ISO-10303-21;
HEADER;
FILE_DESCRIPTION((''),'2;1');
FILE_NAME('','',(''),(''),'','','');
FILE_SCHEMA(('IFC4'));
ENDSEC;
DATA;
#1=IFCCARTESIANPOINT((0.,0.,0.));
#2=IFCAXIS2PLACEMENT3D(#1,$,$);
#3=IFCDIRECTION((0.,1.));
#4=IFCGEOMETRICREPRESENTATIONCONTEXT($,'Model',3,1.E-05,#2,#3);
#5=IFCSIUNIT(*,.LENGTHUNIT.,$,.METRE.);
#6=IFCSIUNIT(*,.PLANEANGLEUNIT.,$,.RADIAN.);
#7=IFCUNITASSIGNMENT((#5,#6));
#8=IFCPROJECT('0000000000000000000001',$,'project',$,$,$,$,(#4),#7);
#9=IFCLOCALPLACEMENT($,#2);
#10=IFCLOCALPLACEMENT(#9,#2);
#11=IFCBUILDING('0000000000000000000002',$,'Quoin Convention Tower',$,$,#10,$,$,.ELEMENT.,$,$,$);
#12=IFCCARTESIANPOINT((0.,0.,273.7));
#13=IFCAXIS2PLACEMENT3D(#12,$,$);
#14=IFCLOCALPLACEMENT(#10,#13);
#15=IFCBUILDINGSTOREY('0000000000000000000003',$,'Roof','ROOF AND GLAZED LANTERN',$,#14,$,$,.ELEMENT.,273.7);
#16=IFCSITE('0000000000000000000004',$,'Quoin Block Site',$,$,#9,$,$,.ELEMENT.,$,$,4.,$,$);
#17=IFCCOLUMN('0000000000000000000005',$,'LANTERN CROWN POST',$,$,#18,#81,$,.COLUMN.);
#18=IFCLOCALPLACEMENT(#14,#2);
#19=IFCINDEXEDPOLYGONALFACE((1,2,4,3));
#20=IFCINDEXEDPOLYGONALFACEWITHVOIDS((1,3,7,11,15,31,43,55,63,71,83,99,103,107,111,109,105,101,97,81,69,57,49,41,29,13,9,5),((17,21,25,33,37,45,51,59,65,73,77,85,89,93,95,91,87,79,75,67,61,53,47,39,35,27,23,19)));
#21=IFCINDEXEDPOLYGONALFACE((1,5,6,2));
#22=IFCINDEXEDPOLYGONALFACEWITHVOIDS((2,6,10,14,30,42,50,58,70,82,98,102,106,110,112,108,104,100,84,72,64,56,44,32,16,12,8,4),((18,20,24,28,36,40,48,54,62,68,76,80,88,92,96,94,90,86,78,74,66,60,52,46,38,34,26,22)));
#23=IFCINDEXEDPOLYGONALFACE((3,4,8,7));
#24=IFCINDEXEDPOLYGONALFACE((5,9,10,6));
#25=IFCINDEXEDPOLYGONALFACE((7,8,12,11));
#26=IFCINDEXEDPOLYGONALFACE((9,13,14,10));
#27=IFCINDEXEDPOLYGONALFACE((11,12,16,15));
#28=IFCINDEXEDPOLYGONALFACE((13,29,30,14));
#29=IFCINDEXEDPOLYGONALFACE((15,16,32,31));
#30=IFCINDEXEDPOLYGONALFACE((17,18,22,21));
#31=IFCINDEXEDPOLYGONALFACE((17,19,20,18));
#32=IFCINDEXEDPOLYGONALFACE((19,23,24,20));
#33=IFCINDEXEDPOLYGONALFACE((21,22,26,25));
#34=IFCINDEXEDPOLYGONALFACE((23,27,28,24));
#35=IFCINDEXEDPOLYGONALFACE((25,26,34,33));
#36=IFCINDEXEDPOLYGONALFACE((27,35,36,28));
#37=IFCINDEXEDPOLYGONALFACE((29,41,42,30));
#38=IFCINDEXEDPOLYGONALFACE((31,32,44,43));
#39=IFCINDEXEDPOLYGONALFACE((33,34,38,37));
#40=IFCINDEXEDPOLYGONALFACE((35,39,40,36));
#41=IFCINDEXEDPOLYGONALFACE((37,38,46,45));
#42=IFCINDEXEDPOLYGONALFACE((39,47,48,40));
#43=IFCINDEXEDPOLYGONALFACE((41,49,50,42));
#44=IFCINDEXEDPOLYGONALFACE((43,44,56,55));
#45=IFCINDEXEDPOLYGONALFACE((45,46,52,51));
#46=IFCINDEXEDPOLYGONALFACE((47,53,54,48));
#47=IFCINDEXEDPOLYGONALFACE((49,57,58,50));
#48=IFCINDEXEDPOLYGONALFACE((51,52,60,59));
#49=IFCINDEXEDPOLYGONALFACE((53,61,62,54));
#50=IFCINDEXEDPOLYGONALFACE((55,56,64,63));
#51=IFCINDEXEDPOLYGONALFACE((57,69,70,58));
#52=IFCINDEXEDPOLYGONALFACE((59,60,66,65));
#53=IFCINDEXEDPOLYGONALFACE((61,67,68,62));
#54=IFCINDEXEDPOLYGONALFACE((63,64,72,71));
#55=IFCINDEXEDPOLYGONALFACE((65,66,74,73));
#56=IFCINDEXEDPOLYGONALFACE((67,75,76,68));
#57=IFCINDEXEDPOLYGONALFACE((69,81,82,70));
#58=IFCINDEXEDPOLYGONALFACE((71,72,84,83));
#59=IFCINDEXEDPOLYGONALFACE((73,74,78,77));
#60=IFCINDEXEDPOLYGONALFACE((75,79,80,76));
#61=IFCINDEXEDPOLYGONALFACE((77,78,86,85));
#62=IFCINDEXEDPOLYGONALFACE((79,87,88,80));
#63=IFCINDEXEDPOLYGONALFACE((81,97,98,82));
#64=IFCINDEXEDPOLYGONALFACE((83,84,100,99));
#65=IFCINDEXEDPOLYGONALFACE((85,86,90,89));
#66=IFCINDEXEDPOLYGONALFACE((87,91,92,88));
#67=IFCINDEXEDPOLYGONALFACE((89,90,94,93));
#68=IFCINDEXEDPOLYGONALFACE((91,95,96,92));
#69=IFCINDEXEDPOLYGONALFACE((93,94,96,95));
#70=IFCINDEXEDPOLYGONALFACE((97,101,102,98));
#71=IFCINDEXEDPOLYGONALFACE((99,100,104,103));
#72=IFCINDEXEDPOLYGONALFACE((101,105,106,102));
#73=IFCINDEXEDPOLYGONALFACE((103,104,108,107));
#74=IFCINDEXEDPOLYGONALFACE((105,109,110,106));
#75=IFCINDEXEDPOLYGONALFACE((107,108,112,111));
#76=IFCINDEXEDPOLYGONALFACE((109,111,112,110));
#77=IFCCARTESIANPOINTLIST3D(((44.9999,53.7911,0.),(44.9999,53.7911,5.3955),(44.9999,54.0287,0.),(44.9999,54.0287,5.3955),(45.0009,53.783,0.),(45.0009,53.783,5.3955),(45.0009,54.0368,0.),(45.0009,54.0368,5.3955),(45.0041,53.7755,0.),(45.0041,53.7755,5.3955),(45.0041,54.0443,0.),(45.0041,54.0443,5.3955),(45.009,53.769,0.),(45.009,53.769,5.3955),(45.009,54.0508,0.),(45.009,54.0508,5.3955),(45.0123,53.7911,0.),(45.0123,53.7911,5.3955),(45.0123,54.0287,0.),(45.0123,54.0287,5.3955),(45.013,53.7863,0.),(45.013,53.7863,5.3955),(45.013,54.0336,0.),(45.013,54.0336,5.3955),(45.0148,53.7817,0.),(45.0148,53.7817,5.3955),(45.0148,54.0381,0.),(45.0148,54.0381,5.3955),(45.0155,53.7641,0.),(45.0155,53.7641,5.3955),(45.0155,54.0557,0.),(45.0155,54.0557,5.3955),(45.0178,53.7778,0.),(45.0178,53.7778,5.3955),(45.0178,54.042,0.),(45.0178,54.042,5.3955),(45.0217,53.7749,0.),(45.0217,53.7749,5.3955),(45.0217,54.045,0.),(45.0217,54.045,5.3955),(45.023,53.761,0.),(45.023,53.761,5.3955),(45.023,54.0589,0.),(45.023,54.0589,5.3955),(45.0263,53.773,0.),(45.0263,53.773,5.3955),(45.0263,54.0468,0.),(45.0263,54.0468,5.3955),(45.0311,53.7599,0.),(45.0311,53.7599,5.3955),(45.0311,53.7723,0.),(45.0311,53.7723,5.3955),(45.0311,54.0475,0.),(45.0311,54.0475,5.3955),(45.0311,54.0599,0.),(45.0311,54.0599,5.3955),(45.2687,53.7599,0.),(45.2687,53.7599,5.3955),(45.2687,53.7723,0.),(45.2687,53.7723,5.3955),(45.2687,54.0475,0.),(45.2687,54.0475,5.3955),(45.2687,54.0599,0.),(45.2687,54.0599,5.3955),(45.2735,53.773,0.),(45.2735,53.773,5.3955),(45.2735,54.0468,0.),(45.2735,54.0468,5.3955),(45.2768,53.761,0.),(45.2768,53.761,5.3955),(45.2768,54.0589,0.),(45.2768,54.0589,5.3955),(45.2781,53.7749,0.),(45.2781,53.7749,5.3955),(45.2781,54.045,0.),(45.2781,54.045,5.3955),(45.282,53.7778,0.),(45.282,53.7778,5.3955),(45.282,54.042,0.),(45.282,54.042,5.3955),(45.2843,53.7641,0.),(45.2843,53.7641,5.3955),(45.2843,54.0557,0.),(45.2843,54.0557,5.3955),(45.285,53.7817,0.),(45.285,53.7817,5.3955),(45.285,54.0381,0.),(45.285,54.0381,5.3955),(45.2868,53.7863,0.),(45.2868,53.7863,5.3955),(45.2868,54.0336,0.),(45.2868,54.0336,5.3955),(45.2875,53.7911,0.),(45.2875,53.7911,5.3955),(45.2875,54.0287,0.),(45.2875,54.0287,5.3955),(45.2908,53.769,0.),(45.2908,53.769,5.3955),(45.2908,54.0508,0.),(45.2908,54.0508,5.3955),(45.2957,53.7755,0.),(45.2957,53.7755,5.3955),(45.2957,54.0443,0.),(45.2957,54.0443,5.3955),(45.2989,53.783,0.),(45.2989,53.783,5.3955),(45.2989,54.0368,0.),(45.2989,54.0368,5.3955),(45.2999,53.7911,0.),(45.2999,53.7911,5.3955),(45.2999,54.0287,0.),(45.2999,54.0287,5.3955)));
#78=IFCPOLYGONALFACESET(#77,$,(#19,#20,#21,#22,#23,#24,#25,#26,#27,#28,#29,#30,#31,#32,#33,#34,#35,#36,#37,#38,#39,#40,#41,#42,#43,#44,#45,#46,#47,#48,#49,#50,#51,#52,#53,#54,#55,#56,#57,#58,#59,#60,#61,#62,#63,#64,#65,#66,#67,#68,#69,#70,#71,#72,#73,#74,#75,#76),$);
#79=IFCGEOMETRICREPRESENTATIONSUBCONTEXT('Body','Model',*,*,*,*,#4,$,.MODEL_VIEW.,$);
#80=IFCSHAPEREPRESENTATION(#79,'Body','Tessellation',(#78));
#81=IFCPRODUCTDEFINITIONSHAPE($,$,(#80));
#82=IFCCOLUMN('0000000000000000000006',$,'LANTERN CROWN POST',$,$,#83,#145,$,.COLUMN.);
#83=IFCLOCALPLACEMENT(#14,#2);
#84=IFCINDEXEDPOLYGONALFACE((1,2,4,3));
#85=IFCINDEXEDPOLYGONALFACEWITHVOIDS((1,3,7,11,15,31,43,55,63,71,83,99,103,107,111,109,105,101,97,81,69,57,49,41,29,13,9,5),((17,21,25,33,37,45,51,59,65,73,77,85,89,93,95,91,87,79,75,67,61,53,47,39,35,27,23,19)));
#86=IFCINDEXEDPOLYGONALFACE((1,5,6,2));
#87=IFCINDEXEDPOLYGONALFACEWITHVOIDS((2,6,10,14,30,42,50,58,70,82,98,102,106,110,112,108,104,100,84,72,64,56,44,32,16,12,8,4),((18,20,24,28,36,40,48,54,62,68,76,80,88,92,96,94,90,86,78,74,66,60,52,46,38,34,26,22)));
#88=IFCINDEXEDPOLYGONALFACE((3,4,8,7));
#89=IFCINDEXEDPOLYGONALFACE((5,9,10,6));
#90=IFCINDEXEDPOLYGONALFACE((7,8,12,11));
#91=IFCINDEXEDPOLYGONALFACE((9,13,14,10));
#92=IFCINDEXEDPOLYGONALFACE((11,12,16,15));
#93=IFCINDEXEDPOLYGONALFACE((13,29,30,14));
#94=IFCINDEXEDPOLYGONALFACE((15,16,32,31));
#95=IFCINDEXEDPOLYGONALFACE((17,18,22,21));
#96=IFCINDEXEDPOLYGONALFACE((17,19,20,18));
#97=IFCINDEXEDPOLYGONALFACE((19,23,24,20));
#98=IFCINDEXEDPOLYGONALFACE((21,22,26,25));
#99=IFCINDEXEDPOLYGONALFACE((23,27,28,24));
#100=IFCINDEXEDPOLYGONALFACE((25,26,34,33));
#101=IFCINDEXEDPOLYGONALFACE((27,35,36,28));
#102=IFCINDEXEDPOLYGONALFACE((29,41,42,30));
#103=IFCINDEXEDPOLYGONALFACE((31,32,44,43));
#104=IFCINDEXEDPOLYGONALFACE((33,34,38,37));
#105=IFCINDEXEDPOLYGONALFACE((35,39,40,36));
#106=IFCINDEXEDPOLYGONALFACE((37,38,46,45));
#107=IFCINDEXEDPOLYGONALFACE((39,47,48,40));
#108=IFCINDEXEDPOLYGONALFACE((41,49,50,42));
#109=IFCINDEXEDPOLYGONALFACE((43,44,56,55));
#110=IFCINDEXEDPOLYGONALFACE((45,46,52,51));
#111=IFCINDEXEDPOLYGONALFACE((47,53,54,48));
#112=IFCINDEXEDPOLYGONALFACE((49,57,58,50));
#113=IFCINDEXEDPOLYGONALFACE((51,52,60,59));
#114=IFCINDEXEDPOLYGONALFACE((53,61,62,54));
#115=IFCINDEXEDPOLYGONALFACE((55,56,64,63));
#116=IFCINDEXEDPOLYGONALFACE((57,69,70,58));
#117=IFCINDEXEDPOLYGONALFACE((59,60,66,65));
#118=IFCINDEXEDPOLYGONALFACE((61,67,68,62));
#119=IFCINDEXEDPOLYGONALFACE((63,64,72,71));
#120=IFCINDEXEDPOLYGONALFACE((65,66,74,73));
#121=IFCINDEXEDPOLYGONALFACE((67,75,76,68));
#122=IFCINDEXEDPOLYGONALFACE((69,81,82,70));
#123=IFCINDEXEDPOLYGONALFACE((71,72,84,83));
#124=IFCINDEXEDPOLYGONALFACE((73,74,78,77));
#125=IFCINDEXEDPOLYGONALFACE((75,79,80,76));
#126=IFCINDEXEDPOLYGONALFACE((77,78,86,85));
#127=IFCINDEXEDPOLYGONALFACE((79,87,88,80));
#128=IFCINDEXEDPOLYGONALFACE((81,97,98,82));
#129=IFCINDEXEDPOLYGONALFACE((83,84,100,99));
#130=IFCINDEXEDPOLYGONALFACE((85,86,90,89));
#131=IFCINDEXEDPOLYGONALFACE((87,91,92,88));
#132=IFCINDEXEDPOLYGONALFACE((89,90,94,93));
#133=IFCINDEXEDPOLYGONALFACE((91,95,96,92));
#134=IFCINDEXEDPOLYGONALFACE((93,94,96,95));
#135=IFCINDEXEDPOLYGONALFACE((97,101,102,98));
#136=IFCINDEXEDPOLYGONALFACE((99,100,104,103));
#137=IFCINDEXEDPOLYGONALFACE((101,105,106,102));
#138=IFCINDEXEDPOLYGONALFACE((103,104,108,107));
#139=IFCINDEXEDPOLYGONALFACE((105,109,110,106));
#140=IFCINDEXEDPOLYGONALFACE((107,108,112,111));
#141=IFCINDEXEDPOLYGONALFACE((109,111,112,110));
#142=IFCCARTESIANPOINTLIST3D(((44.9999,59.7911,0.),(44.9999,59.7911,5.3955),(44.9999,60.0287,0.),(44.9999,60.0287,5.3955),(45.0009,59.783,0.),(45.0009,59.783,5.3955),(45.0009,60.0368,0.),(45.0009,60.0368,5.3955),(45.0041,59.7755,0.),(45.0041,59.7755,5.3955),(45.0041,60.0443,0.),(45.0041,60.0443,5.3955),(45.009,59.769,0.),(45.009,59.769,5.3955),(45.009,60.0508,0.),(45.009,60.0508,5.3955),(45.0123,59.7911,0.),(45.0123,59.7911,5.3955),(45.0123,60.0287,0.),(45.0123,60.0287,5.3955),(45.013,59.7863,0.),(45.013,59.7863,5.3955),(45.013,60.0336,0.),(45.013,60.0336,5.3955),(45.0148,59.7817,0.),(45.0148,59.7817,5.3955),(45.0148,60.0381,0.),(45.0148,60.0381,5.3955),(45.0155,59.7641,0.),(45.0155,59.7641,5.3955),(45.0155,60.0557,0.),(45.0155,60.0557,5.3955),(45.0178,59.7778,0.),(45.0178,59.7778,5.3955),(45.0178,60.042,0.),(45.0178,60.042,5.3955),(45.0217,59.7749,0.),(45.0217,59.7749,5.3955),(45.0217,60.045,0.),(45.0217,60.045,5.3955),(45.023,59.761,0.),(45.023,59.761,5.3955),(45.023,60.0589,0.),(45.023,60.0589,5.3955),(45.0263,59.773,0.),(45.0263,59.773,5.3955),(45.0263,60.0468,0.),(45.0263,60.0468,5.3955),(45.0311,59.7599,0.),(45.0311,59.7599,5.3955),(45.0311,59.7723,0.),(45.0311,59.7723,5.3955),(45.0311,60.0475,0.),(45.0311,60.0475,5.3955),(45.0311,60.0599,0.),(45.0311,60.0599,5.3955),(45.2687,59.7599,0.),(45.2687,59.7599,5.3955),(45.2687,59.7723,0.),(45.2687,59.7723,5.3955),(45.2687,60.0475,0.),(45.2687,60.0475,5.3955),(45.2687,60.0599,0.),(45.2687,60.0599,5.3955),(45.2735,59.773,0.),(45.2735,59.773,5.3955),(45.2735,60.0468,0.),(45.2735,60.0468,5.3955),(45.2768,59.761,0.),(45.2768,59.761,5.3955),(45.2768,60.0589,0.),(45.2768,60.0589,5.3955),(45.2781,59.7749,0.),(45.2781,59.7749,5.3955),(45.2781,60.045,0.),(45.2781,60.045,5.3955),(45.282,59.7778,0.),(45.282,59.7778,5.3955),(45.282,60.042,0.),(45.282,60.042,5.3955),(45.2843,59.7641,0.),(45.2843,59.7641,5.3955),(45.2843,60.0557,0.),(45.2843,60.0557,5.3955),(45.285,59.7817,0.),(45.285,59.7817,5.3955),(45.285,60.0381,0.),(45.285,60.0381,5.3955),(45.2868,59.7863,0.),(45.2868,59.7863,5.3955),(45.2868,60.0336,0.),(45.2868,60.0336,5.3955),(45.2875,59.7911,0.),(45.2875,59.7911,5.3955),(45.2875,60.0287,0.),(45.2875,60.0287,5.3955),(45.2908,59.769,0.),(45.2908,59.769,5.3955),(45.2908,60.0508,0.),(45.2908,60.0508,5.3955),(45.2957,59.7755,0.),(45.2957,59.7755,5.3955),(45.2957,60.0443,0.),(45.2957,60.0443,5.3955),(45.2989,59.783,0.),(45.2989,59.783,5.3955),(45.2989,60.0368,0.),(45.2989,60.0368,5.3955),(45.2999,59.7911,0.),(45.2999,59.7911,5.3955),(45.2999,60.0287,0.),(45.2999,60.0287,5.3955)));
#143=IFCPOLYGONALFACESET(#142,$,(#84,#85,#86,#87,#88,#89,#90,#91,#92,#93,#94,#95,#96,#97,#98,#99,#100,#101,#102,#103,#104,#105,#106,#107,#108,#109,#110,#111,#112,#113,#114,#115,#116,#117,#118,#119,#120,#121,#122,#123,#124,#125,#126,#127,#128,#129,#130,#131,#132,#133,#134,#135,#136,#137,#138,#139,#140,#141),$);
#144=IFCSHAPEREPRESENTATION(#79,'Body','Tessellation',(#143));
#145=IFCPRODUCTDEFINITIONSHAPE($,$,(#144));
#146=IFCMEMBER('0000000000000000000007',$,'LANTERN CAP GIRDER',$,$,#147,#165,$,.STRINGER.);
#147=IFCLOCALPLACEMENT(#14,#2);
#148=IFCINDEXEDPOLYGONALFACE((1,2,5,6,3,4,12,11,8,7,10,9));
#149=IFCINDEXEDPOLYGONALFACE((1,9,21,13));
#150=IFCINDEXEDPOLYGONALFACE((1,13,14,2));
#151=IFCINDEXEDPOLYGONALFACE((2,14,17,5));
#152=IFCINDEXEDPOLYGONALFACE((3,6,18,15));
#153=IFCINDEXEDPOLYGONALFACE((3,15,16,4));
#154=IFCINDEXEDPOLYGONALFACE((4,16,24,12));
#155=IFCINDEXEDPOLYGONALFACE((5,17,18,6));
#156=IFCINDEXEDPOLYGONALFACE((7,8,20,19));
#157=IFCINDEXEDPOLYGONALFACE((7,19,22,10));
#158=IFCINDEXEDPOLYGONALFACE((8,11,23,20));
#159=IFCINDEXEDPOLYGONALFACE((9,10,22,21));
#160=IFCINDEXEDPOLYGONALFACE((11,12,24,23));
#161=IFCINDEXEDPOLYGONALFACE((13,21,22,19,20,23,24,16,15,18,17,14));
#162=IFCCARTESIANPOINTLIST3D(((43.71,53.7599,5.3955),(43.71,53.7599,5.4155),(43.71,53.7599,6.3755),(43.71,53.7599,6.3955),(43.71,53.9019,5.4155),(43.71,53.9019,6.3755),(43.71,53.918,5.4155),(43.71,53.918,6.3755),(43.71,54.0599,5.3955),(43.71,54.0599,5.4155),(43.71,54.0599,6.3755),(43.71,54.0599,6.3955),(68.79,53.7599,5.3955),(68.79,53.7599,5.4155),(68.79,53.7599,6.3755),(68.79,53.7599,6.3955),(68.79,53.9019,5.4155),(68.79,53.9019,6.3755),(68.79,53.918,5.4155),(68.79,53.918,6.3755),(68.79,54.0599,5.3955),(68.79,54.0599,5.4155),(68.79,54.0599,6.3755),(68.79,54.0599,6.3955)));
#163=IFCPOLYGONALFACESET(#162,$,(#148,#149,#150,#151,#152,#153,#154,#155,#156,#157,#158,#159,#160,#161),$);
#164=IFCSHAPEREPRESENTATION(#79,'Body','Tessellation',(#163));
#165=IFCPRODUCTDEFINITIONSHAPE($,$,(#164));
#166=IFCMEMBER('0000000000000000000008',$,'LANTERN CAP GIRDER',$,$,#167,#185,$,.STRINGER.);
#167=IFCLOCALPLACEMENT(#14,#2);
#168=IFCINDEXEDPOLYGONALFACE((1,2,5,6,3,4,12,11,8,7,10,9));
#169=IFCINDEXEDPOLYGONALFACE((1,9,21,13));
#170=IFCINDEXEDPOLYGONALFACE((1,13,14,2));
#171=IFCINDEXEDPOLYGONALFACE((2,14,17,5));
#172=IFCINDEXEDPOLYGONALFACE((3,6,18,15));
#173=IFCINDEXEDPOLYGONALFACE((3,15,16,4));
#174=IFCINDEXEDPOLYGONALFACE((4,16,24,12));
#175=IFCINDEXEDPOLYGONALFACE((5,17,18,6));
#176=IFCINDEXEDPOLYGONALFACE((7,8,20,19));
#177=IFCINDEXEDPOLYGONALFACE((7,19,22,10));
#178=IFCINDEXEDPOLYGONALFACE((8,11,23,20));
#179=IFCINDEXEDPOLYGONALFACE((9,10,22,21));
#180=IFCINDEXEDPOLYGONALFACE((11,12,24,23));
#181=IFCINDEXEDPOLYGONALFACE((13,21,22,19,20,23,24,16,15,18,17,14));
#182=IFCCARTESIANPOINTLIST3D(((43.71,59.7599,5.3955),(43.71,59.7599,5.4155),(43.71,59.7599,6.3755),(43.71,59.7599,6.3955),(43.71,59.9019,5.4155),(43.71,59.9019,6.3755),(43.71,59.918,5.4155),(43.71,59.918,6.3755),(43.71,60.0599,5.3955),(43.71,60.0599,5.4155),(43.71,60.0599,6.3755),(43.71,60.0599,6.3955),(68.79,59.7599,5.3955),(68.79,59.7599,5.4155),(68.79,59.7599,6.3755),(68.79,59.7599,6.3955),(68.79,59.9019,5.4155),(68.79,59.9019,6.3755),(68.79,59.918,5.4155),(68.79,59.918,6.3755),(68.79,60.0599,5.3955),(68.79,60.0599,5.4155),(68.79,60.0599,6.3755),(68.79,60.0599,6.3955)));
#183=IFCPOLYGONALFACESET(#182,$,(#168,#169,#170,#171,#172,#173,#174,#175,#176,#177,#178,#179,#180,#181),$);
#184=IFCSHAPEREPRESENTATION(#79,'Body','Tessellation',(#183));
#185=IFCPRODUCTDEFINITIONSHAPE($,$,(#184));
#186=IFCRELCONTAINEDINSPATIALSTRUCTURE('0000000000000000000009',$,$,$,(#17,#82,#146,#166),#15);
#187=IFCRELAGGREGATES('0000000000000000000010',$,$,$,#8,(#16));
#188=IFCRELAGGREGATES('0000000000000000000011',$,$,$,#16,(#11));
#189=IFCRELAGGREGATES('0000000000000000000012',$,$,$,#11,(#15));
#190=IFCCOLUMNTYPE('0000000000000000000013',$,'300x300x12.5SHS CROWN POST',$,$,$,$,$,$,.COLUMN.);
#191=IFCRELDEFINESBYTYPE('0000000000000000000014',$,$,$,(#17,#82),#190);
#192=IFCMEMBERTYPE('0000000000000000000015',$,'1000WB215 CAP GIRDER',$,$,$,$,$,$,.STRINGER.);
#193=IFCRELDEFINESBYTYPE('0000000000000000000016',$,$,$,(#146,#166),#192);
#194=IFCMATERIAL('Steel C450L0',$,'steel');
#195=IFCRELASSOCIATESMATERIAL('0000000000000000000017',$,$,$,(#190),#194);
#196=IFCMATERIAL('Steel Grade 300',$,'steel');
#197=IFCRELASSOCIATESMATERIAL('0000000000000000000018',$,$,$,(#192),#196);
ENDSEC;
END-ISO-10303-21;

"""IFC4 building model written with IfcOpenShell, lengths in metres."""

from ifc_helpers import new_model, si_unit, direction, frame, origin, origin_2d, place, context, subcontext, project, spatial, hollow_rectangle, i_section, extrude, material, material_profile, profile_set, type_object, element, save


model = new_model("IFC4")

# Units and contexts
model_context = context("Model", 3, precision=1e-05, world=origin(), true_north=direction((0.0, 1.0)))
body_context = subcontext(model_context, "Body", "Model", "MODEL_VIEW")
ifc_project = project(units=[si_unit("LENGTHUNIT", "METRE"), si_unit("PLANEANGLEUNIT", "RADIAN")], contexts=[model_context])

# Site, building, storey
site_placement = place(None, origin())
site = spatial("IfcSite", under=ifc_project, at=site_placement, Name="Quoin Block Site", CompositionType="ELEMENT", RefElevation=4.0)
building_placement = place(site_placement, origin())
building = spatial("IfcBuilding", under=site, at=building_placement, Name="Quoin Convention Tower", CompositionType="ELEMENT")
storey_placement = place(building_placement, frame((0.0, 0.0, 273.7)))
storey = spatial("IfcBuildingStorey", under=building, at=storey_placement, Name="Roof", Description="ROOF AND GLAZED LANTERN", CompositionType="ELEMENT", Elevation=273.7)

# Columns
ifc_material_1 = material(Name="Steel C450L0", Category="steel")
ifc_material_profile_1 = material_profile(ifc_material_1, hollow_rectangle(XDim=0.3, YDim=0.3, WallThickness=0.0125, InnerFilletRadius=0.0188, OuterFilletRadius=0.0312, at=origin_2d()), Name="300x300x12.5SHS")
ifc_profile_set_1 = profile_set([ifc_material_profile_1], Name="Steel C450L0")
column_type = type_object("IfcColumnType", Name="300x300x12.5SHS CROWN POST", PredefinedType="COLUMN", material=ifc_profile_set_1)
for number, where, z_axis, x_axis, name in (
    (1, (45.1499, 53.9099, 0.0), (0.0, 0.0, 1.0), (1.0, 0.0, 0.0), "LANTERN CROWN POST"),
    (2, (45.1499, 59.9099, 0.0), (0.0, 0.0, 1.0), (1.0, 0.0, 0.0), "LANTERN CROWN POST"),
):
    element("IfcColumn", number, at=place(storey_placement, frame(where, z_axis=z_axis, x_axis=x_axis)), inside=storey, type_object=column_type, Name=name, PredefinedType="COLUMN", context=body_context, shape_type="SweptSolid", body=[
        extrude(hollow_rectangle(XDim=0.3, YDim=0.3, WallThickness=0.0125, InnerFilletRadius=0.0188, OuterFilletRadius=0.0312, at=origin_2d()), origin(), (0.0, 0.0, 1.0), 5.3955),
    ])

# Members
ifc_material_2 = material(Name="Steel Grade 300", Category="steel")
ifc_material_profile_2 = material_profile(ifc_material_2, i_section(OverallWidth=0.3, OverallDepth=1.0, WebThickness=0.0161, FlangeThickness=0.02, at=origin_2d()), Name="1000WB215")
ifc_profile_set_2 = profile_set([ifc_material_profile_2], Name="Steel Grade 300")
member_type_1 = type_object("IfcMemberType", Name="1000WB215 CAP GIRDER", PredefinedType="STRINGER", material=ifc_profile_set_2)
for number, where, z_axis, x_axis, name in (
    (3, (43.71, 53.9099, 5.8955), (1.0, 0.0, 0.0), (0.0, 1.0, 0.0), "LANTERN CAP GIRDER"),
    (4, (43.71, 59.9099, 5.8955), (1.0, 0.0, 0.0), (0.0, 1.0, 0.0), "LANTERN CAP GIRDER"),
):
    element("IfcMember", number, at=place(storey_placement, frame(where, z_axis=z_axis, x_axis=x_axis)), inside=storey, type_object=member_type_1, Name=name, PredefinedType="STRINGER", context=body_context, shape_type="SweptSolid", body=[
        extrude(i_section(OverallWidth=0.3, OverallDepth=1.0, WebThickness=0.0161, FlangeThickness=0.02, at=origin_2d()), origin(), (0.0, 0.0, 1.0), 25.0801),
    ])

save(model, "model.ifc")
